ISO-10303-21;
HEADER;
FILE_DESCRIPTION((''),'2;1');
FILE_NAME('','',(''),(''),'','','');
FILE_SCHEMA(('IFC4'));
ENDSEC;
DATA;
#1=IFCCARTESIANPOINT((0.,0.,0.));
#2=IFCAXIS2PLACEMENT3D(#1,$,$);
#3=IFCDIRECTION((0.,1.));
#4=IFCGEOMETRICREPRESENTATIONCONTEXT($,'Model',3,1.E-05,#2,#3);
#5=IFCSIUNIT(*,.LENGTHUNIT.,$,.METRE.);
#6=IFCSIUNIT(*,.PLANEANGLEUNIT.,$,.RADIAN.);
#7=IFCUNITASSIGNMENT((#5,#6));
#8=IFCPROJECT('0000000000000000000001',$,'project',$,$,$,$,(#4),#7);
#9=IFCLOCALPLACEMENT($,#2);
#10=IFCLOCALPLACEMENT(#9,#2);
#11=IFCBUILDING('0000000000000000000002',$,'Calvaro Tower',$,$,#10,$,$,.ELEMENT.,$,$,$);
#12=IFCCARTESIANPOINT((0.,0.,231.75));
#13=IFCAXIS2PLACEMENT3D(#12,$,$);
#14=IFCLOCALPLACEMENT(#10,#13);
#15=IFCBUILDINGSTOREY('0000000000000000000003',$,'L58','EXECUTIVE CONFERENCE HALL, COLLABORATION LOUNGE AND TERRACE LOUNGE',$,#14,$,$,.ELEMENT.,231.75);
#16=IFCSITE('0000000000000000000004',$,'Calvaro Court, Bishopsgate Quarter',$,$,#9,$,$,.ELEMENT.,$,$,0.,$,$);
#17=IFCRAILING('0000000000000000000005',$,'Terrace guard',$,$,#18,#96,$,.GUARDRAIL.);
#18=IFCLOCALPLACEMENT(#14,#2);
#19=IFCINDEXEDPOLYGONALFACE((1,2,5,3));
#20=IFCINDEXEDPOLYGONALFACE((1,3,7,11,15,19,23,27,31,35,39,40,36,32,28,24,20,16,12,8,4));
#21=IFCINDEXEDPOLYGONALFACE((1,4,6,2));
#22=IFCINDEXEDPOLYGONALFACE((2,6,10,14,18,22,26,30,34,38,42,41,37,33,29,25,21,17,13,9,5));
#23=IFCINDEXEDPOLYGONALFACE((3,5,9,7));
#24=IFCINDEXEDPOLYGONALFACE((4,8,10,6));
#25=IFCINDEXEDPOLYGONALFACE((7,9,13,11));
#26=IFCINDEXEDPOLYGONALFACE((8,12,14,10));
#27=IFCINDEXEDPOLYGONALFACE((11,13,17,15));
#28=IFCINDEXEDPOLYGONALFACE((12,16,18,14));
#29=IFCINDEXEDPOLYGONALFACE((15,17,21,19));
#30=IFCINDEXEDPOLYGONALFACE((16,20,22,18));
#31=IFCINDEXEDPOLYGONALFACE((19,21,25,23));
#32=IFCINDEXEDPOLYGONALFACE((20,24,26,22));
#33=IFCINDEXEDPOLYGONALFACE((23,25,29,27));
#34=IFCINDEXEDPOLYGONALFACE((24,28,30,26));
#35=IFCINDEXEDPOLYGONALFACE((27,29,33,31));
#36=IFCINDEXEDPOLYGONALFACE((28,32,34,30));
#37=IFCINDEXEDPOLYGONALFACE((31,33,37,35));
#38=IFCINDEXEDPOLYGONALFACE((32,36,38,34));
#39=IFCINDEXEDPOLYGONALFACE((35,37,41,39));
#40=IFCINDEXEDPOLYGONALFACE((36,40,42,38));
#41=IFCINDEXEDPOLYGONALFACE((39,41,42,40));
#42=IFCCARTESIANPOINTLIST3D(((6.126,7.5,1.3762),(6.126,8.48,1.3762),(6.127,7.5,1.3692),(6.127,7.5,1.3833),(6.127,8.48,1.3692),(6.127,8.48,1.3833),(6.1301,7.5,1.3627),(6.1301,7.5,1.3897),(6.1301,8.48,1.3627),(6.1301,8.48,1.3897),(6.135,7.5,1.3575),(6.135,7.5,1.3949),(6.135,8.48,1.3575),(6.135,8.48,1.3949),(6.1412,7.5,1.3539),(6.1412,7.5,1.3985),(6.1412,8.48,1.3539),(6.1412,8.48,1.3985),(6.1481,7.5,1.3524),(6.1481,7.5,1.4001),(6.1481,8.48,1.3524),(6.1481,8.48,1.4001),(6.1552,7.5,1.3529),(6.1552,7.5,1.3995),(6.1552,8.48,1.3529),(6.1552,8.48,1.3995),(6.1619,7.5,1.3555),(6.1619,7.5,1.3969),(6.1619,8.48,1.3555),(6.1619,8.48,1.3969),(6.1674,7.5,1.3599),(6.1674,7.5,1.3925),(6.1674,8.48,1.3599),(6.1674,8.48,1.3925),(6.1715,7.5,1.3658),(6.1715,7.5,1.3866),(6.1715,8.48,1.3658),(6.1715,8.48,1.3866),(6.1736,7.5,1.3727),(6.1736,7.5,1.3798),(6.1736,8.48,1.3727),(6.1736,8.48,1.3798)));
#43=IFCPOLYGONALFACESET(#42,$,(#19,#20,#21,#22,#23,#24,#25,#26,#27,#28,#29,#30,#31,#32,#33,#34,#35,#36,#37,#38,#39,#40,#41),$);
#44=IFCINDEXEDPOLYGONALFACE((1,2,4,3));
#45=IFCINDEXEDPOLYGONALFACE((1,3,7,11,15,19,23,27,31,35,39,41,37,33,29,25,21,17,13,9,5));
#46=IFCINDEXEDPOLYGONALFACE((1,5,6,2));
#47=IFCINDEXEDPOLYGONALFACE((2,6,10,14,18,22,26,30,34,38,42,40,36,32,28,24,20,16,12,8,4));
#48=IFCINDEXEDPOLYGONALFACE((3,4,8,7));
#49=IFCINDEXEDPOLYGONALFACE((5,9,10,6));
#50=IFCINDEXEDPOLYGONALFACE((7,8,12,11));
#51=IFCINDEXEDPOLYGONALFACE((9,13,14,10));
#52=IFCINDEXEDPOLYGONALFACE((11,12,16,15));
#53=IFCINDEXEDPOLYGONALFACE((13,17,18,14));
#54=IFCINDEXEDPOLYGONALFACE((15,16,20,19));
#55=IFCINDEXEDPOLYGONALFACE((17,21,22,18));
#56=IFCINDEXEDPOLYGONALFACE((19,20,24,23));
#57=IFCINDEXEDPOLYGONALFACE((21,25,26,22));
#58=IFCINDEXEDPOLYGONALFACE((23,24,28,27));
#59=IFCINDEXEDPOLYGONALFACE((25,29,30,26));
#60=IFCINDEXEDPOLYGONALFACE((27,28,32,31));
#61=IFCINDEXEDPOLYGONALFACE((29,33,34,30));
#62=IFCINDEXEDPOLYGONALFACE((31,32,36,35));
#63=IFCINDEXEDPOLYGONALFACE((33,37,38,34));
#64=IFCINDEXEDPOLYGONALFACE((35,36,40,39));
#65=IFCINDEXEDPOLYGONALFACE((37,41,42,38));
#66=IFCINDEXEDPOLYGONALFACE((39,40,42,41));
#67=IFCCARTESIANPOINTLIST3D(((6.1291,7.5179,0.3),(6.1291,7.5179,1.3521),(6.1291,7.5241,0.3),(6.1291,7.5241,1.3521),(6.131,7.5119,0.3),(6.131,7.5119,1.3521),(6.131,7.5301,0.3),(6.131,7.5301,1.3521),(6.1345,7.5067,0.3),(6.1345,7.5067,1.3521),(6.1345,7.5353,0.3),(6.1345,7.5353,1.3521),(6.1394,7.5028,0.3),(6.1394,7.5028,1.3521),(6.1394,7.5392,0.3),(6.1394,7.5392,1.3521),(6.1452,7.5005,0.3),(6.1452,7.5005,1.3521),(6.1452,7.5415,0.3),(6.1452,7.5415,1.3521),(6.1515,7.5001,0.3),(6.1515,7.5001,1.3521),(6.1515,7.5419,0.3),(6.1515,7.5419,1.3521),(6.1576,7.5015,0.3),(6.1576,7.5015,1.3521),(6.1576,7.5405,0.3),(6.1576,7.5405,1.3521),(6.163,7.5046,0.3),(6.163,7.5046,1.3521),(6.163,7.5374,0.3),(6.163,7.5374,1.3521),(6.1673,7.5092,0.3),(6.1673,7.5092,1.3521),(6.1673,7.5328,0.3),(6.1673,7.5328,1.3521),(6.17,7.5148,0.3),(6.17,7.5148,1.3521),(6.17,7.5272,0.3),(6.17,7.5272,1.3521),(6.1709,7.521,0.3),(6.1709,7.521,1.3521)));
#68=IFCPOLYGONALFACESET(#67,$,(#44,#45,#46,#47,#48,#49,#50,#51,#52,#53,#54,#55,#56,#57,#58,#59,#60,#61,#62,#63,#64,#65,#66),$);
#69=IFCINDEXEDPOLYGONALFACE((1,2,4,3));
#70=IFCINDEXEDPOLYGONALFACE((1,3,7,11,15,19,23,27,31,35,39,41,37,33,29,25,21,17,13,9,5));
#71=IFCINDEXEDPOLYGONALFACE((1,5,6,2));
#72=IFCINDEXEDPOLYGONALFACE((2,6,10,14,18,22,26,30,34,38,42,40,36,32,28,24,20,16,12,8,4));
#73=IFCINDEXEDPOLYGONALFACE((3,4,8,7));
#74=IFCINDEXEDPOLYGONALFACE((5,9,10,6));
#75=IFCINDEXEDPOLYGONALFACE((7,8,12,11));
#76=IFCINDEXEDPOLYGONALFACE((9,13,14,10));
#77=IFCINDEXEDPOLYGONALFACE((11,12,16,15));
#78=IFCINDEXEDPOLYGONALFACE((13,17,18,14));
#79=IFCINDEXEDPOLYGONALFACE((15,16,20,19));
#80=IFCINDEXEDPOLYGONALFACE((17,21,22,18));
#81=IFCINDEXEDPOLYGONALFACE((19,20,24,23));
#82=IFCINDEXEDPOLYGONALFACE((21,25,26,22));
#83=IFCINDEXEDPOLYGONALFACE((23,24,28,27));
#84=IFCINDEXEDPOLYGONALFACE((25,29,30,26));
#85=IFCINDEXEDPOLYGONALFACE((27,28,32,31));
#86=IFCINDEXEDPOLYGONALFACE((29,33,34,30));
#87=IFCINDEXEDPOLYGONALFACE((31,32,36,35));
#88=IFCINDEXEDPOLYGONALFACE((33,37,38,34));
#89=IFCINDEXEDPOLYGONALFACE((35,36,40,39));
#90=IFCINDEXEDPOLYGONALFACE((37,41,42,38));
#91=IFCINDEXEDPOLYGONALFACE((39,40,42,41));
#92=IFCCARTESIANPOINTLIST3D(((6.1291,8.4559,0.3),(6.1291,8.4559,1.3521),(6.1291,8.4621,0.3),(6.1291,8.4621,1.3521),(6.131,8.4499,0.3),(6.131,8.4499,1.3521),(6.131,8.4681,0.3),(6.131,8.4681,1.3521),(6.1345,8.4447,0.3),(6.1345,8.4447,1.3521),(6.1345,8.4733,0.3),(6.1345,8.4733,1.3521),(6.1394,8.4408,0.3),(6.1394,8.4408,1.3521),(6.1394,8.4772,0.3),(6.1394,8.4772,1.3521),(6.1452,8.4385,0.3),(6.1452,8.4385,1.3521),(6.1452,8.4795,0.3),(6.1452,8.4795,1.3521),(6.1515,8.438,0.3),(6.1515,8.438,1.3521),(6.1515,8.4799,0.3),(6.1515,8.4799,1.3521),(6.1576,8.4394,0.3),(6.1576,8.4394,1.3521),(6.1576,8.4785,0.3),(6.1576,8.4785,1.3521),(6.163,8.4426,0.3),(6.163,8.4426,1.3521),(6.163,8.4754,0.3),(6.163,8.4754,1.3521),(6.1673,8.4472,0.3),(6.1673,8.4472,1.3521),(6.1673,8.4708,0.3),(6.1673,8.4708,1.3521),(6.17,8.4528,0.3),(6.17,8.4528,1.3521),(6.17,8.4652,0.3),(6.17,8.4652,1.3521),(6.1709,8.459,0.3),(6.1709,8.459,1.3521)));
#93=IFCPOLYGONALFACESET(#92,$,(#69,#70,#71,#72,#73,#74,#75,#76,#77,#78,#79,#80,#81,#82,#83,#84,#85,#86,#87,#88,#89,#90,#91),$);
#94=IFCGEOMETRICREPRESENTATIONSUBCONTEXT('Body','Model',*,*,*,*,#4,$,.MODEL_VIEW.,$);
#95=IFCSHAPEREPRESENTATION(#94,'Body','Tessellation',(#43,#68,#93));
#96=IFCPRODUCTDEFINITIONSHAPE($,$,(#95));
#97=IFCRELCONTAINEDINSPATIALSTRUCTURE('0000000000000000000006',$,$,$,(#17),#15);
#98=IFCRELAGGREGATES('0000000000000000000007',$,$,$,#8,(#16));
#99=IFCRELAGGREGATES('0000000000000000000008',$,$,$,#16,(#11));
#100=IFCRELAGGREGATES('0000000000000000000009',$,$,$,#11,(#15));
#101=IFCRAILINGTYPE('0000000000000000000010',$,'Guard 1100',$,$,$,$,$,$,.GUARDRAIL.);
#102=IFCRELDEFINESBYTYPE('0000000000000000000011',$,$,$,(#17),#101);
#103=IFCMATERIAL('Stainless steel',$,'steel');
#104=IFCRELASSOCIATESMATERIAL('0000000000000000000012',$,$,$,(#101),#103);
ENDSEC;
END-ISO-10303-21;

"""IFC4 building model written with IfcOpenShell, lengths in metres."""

from ifc_helpers import new_model, si_unit, direction, frame, origin, origin_2d, place, context, subcontext, project, spatial, circle, extrude, material, type_object, element, save


model = new_model("IFC4")

# Units and contexts
model_context = context("Model", 3, precision=1e-05, world=origin(), true_north=direction((0.0, 1.0)))
body_context = subcontext(model_context, "Body", "Model", "MODEL_VIEW")
ifc_project = project(units=[si_unit("LENGTHUNIT", "METRE"), si_unit("PLANEANGLEUNIT", "RADIAN")], contexts=[model_context])

# Site, building, storey
site_placement = place(None, origin())
site = spatial("IfcSite", under=ifc_project, at=site_placement, Name="Calvaro Court, Bishopsgate Quarter", CompositionType="ELEMENT", RefElevation=0.0)
building_placement = place(site_placement, origin())
building = spatial("IfcBuilding", under=site, at=building_placement, Name="Calvaro Tower", CompositionType="ELEMENT")
storey_placement = place(building_placement, frame((0.0, 0.0, 231.75)))
storey = spatial("IfcBuildingStorey", under=building, at=storey_placement, Name="L58", Description="EXECUTIVE CONFERENCE HALL, COLLABORATION LOUNGE AND TERRACE LOUNGE", CompositionType="ELEMENT", Elevation=231.75)

# Railing
ifc_material_1 = material(Name="Stainless steel", Category="steel")
railing_type = type_object("IfcRailingType", Name="Guard 1100", PredefinedType="GUARDRAIL", material=ifc_material_1)
railing_1_placement = place(storey_placement, frame((6.1499, 7.5, 0.3)))
element("IfcRailing", 1, at=railing_1_placement, inside=storey, type_object=railing_type, Name="Terrace guard", PredefinedType="GUARDRAIL", context=body_context, shape_type="SweptSolid", body=[
    extrude(circle(Radius=0.0239, at=origin_2d()), frame((0.0, 0.0, 1.0762), z_axis=(0.0, 1.0, 0.0), x_axis=(-1.0, 0.0, 0.0)), (0.0, 0.0, 1.0), 0.98),
    extrude(circle(Radius=0.021, at=origin_2d()), frame((0.0, 0.021, 0.0)), (0.0, 0.0, 1.0), 1.052),
    extrude(circle(Radius=0.021, at=origin_2d()), frame((0.0, 0.959, 0.0)), (0.0, 0.0, 1.0), 1.052),
])

save(model, "model.ifc")
